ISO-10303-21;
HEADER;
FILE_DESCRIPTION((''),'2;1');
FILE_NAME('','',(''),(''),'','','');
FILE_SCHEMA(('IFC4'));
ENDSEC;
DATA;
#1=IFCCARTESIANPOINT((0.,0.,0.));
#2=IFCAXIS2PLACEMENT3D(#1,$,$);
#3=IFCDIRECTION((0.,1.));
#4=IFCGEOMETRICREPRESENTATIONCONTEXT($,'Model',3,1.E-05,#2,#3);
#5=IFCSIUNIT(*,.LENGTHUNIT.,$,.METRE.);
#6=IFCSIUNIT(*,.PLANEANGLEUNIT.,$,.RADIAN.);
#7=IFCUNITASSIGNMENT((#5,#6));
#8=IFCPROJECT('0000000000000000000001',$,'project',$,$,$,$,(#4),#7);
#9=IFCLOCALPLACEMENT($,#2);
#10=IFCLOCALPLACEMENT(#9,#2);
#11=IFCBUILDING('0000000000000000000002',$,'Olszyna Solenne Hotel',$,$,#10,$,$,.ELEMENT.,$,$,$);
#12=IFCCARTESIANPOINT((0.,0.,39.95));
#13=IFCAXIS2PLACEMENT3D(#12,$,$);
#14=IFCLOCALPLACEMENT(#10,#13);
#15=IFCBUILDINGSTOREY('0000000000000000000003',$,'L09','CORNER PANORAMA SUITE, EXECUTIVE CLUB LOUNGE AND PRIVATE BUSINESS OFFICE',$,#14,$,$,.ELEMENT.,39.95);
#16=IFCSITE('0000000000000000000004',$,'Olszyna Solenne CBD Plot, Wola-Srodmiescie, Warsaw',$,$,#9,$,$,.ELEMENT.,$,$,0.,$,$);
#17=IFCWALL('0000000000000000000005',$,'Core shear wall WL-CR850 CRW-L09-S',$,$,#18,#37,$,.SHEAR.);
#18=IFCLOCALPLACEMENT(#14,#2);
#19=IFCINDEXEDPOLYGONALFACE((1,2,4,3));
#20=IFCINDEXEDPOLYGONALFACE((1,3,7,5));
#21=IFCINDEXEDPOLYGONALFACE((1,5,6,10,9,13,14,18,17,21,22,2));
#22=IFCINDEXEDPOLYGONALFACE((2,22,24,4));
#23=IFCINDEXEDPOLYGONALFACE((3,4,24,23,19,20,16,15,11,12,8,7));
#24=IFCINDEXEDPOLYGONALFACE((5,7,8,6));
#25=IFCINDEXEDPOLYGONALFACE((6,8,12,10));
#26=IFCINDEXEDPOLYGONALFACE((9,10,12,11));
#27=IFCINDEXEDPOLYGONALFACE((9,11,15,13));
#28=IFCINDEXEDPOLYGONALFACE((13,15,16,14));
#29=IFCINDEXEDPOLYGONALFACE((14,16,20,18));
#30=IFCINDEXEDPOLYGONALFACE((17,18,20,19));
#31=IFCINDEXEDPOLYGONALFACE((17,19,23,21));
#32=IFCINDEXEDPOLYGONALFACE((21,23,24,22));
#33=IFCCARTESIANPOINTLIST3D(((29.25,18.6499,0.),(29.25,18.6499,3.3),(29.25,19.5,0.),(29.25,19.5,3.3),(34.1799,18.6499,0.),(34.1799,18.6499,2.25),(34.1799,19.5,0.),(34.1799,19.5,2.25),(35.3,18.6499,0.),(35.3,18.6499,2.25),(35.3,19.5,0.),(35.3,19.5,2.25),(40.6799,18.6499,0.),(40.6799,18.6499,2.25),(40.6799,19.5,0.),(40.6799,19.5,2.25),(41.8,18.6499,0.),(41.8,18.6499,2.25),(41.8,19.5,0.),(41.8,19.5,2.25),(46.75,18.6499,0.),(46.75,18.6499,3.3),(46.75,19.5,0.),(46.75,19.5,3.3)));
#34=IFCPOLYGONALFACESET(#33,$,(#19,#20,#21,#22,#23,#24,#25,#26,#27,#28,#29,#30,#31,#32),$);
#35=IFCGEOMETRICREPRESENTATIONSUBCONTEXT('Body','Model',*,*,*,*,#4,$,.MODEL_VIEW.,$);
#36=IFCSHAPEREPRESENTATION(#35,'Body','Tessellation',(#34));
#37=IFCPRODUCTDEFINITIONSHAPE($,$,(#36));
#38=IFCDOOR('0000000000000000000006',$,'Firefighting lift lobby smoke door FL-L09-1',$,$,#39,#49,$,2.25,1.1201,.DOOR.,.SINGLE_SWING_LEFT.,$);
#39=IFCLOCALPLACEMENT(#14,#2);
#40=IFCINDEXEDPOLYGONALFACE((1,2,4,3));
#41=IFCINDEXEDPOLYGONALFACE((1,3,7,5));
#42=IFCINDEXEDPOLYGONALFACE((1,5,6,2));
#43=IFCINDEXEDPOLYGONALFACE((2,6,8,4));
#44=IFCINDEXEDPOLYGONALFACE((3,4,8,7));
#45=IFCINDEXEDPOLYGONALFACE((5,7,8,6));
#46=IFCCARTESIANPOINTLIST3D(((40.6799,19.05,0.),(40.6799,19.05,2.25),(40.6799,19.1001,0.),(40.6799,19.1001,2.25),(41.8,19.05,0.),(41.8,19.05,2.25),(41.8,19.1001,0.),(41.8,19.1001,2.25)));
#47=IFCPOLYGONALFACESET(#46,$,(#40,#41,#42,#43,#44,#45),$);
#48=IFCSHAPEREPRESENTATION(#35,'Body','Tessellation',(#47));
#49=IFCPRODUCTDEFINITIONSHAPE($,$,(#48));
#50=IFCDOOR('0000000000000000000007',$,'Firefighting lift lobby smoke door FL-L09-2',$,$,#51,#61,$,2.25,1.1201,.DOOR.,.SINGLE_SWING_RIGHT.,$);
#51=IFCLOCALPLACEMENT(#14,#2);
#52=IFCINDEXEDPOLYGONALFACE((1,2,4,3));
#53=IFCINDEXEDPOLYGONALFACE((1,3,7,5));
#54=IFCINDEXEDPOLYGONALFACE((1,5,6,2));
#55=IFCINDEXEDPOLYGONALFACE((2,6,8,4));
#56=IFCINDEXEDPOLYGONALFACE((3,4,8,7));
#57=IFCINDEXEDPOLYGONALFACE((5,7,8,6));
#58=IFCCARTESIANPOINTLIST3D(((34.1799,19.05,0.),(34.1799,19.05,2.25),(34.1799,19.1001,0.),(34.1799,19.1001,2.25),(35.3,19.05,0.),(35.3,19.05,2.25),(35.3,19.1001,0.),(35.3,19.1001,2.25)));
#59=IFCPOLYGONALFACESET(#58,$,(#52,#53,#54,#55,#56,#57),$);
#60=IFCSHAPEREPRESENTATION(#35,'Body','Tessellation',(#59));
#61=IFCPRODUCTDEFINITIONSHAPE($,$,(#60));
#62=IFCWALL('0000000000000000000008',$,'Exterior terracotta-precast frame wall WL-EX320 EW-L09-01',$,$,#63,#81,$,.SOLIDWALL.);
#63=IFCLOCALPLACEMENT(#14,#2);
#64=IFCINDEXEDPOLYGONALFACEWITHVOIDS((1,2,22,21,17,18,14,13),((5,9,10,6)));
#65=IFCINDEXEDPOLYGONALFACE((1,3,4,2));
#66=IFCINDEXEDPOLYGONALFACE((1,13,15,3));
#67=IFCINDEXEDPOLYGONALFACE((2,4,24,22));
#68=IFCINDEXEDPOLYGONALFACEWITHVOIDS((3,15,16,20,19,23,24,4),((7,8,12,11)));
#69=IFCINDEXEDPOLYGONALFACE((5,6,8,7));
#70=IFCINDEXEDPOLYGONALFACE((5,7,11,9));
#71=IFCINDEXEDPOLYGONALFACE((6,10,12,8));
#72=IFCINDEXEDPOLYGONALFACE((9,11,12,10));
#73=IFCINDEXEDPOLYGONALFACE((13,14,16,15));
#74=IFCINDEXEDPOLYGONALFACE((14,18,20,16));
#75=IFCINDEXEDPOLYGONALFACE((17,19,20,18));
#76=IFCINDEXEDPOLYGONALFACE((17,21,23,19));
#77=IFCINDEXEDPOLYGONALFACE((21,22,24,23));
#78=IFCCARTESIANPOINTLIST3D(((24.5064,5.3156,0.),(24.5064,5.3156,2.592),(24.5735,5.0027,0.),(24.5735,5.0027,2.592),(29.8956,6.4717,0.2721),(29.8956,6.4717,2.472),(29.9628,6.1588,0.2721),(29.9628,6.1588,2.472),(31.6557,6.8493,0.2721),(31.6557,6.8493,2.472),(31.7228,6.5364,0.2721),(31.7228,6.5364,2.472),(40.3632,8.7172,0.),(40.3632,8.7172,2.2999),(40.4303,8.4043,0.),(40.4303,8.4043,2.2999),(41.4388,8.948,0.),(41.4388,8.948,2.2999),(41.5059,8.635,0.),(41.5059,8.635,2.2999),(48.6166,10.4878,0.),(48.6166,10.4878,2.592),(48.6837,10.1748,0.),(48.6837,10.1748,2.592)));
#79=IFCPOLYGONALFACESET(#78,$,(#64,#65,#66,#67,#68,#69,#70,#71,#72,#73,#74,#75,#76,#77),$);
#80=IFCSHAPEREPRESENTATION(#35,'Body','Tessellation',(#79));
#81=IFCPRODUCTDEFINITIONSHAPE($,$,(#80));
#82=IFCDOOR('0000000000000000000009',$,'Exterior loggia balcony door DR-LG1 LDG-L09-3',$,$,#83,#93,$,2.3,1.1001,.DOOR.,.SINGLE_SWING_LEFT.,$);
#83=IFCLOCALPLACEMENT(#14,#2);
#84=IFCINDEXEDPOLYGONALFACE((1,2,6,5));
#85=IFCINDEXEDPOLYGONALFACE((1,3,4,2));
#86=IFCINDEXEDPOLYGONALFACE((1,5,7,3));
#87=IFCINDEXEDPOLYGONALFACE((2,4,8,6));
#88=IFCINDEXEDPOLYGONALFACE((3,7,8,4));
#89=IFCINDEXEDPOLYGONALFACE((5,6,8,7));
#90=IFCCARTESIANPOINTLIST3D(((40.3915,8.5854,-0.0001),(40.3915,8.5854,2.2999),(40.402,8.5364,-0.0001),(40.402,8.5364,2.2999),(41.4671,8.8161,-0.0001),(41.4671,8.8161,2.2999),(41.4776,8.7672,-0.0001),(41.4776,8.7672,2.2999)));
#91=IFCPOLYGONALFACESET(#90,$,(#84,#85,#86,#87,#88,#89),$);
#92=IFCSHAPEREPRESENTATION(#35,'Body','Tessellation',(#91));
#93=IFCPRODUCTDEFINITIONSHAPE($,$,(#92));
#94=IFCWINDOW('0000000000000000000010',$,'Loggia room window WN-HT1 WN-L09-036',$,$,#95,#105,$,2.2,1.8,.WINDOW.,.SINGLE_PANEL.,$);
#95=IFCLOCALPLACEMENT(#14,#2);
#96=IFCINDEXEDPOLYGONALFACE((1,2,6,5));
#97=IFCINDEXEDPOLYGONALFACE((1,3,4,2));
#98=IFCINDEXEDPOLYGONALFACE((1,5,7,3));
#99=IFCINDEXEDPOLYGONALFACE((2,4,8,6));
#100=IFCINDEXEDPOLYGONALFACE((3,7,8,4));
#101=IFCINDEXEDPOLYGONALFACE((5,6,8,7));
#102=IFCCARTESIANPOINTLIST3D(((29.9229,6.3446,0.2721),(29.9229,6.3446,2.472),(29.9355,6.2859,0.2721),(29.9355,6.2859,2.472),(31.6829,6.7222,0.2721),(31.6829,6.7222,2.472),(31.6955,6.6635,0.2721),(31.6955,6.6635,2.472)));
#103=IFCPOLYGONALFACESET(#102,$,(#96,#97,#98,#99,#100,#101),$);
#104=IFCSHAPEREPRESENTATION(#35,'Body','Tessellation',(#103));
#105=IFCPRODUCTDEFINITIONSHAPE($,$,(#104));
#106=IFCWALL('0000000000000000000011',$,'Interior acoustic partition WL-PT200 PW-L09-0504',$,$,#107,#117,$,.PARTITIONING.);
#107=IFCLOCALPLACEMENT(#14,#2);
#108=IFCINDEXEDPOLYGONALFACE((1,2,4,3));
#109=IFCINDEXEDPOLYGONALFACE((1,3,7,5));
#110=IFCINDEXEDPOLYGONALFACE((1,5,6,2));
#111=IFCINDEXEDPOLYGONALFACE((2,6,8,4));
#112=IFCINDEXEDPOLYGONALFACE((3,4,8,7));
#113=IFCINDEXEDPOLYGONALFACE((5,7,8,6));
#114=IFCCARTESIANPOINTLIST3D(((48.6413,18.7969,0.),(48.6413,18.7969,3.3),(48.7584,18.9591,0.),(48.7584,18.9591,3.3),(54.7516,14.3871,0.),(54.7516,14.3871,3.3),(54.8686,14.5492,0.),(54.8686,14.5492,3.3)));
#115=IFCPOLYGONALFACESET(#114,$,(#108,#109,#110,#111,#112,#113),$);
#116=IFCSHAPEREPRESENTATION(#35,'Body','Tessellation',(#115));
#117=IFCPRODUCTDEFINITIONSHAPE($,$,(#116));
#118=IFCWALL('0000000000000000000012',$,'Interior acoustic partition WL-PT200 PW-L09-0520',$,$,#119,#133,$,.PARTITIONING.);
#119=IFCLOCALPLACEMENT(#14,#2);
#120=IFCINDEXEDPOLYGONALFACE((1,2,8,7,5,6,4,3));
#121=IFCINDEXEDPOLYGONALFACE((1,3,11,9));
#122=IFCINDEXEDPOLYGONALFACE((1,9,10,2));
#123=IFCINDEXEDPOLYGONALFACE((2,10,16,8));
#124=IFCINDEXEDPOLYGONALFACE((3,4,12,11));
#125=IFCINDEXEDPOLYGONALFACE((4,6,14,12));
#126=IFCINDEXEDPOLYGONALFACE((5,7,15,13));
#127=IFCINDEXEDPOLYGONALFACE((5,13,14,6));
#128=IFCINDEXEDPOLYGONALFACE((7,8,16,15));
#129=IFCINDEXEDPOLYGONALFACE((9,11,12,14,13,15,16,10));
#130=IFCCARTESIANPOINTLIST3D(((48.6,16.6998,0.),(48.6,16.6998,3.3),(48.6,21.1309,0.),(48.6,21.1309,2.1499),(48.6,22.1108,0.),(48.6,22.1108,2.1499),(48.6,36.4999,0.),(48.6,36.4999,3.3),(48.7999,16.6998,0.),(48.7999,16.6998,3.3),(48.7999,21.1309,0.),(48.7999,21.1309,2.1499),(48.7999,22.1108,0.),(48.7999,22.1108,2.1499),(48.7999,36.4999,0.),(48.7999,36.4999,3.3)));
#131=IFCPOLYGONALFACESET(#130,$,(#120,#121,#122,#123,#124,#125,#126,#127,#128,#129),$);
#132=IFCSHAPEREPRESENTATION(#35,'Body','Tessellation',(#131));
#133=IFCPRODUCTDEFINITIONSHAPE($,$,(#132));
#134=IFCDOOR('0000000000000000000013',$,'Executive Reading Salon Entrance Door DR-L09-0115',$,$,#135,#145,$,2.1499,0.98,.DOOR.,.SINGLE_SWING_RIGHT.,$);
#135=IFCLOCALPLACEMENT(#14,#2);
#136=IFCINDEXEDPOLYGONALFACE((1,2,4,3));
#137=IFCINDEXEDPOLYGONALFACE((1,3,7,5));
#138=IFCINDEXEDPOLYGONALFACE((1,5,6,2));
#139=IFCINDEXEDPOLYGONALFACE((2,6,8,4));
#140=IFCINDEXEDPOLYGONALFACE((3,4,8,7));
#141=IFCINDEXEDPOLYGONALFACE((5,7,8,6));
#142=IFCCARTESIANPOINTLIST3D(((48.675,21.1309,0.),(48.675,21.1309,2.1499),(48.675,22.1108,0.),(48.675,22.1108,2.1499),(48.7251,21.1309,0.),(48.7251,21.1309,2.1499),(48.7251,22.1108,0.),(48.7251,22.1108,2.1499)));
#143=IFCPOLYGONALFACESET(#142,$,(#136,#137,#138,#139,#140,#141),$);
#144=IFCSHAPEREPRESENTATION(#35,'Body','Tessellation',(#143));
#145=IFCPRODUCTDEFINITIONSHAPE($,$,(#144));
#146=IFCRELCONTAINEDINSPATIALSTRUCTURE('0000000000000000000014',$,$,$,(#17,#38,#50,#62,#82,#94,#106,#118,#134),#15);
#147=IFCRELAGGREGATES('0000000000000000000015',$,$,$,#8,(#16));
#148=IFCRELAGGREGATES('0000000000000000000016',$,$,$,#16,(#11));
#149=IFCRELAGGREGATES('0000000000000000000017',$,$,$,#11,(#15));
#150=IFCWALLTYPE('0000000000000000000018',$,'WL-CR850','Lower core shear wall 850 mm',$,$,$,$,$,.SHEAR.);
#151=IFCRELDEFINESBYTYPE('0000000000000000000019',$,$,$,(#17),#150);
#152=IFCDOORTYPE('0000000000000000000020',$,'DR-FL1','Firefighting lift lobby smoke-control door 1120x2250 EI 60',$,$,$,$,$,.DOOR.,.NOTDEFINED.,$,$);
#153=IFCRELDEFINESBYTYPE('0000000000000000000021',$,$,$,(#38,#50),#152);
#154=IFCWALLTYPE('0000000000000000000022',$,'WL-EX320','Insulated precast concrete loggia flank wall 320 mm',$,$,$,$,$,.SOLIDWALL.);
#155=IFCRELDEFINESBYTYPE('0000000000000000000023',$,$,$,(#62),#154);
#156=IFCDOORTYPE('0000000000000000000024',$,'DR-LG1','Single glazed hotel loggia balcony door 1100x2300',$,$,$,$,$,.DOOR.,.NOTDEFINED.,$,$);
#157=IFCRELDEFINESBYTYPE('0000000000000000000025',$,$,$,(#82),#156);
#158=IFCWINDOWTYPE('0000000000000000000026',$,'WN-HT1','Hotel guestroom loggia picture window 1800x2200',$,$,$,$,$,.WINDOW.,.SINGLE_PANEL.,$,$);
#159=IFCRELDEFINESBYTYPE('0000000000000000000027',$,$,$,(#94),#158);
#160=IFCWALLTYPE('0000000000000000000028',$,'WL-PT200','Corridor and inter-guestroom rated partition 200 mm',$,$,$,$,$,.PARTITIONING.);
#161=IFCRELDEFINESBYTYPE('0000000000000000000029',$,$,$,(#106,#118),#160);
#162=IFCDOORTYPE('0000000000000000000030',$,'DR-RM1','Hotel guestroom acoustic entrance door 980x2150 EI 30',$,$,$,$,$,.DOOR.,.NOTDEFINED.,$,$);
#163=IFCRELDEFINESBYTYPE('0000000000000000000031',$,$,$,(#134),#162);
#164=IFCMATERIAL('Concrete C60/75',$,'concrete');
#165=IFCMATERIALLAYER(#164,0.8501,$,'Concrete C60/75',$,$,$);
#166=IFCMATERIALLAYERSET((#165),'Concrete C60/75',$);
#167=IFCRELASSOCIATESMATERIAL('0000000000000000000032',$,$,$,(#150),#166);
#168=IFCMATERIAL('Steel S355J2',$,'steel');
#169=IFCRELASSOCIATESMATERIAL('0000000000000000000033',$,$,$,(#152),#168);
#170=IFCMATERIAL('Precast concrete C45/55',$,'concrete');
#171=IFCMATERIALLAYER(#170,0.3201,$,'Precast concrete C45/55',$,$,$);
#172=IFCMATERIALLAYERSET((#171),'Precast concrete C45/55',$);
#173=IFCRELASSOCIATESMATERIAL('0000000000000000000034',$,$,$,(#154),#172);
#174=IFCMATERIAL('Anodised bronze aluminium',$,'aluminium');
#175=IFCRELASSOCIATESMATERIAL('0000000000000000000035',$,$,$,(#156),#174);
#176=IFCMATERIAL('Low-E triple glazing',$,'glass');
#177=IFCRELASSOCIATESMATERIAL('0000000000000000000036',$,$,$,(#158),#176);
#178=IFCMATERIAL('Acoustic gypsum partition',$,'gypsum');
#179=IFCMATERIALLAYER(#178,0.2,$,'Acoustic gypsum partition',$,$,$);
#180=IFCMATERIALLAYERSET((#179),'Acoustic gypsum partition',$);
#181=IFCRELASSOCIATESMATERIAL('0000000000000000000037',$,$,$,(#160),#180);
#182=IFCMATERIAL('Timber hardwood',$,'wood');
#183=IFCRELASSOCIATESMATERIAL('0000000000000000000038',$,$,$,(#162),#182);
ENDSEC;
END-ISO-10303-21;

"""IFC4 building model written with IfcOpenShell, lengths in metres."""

from ifc_helpers import new_model, si_unit, direction, frame, frame_2d, origin, place, context, subcontext, project, spatial, rectangle, extrude, source, transform, mapped, material, layer, layer_set, type_object, type_shapes, element, fill, save


model = new_model("IFC4")

# Units and contexts
model_context = context("Model", 3, precision=1e-05, world=origin(), true_north=direction((0.0, 1.0)))
body_context = subcontext(model_context, "Body", "Model", "MODEL_VIEW")
ifc_project = project(units=[si_unit("LENGTHUNIT", "METRE"), si_unit("PLANEANGLEUNIT", "RADIAN")], contexts=[model_context])

# Site, building, storey
site_placement = place(None, origin())
site = spatial("IfcSite", under=ifc_project, at=site_placement, Name="Olszyna Solenne CBD Plot, Wola-Srodmiescie, Warsaw", CompositionType="ELEMENT", RefElevation=0.0)
building_placement = place(site_placement, origin())
building = spatial("IfcBuilding", under=site, at=building_placement, Name="Olszyna Solenne Hotel", CompositionType="ELEMENT")
storey_placement = place(building_placement, frame((0.0, 0.0, 39.95)))
storey = spatial("IfcBuildingStorey", under=building, at=storey_placement, Name="L09", Description="CORNER PANORAMA SUITE, EXECUTIVE CLUB LOUNGE AND PRIVATE BUSINESS OFFICE", CompositionType="ELEMENT", Elevation=39.95)

# Shared definitions
ifc_material_1 = material(Name="Steel S355J2", Category="steel")

# Wall, openings, doors
ifc_material_2 = material(Name="Concrete C60/75", Category="concrete")
ifc_layer_1 = layer(ifc_material_2, 0.8501, Name="Concrete C60/75")
ifc_layer_set_1 = layer_set([ifc_layer_1], Name="Concrete C60/75")
wall_type_1 = type_object("IfcWallType", Name="WL-CR850", Description="Lower core shear wall 850 mm", PredefinedType="SHEAR", material=ifc_layer_set_1)
wall_1_placement = place(storey_placement, frame((46.75, 19.075, 0.0), z_axis=(0.0, 0.0, 1.0), x_axis=(-1.0, 0.0, 0.0)))
wall_1 = element("IfcWall", 1, at=wall_1_placement, inside=storey, type_object=wall_type_1, Name="Core shear wall WL-CR850 CRW-L09-S", PredefinedType="SHEAR", context=body_context, shape_type="SweptSolid", body=[
    extrude(rectangle(XDim=17.5, YDim=0.8501, at=frame_2d((8.75, 0.0))), origin(), (0.0, 0.0, 1.0), 3.3),
])
opening_1_placement = place(wall_1_placement, frame((4.95, 0.0, 0.0)))
opening_1 = element("IfcOpeningElement", 2, at=opening_1_placement, cuts=wall_1, PredefinedType="OPENING", context=body_context, shape_type="SweptSolid", body=[
    extrude(rectangle(XDim=1.1201, YDim=2.25, at=frame_2d((0.5601, 1.125))), frame((0.0, 0.4351, 0.0), z_axis=(0.0, -1.0, 0.0), x_axis=(1.0, 0.0, 0.0)), (0.0, 0.0, 1.0), 0.8701),
])
opening_2_placement = place(wall_1_placement, frame((11.45, 0.0, 0.0)))
opening_2 = element("IfcOpeningElement", 3, at=opening_2_placement, cuts=wall_1, PredefinedType="OPENING", context=body_context, shape_type="SweptSolid", body=[
    extrude(rectangle(XDim=1.1201, YDim=2.25, at=frame_2d((0.5601, 1.125))), frame((0.0, 0.4351, 0.0), z_axis=(0.0, -1.0, 0.0), x_axis=(1.0, 0.0, 0.0)), (0.0, 0.0, 1.0), 0.8701),
])
door_type_1 = type_object("IfcDoorType", Name="DR-FL1", Description="Firefighting lift lobby smoke-control door 1120x2250 EI 60", OperationType="NOTDEFINED", PredefinedType="DOOR", material=ifc_material_1)
shared_shape_1 = source(origin(), body_context, "Body", "SweptSolid", [
    extrude(rectangle(XDim=1.1201, YDim=2.25, at=frame_2d((0.5601, 1.125))), frame((0.0, 0.0249, 0.0), z_axis=(0.0, -1.0, 0.0), x_axis=(1.0, 0.0, 0.0)), (0.0, 0.0, 1.0), 0.05),
])
type_shapes(door_type_1, [shared_shape_1])
door_1_placement = place(opening_1_placement, origin())
door_1 = element("IfcDoor", 4, at=door_1_placement, inside=storey, type_object=door_type_1, Name="Firefighting lift lobby smoke door FL-L09-1", OperationType="SINGLE_SWING_LEFT", OverallHeight=2.25, OverallWidth=1.1201, PredefinedType="DOOR", context=body_context, shape_type="MappedRepresentation", body=[
    mapped(shared_shape_1, transform((0.0, 0.0, 0.0), x_axis=(1.0, 0.0, 0.0), y_axis=(0.0, 1.0, 0.0), z_axis=(0.0, 0.0, 1.0), scale=1.0)),
])
fill(opening_1, door_1)
door_2_placement = place(opening_2_placement, origin())
door_2 = element("IfcDoor", 5, at=door_2_placement, inside=storey, type_object=door_type_1, Name="Firefighting lift lobby smoke door FL-L09-2", OperationType="SINGLE_SWING_RIGHT", OverallHeight=2.25, OverallWidth=1.1201, PredefinedType="DOOR", context=body_context, shape_type="MappedRepresentation", body=[
    mapped(shared_shape_1, transform((0.0, 0.0, 0.0), x_axis=(1.0, 0.0, 0.0), y_axis=(0.0, 1.0, 0.0), z_axis=(0.0, 0.0, 1.0), scale=1.0)),
])
fill(opening_2, door_2)

# Wall, openings, door, window
ifc_material_3 = material(Name="Precast concrete C45/55", Category="concrete")
ifc_layer_2 = layer(ifc_material_3, 0.3201, Name="Precast concrete C45/55")
ifc_layer_set_2 = layer_set([ifc_layer_2], Name="Precast concrete C45/55")
wall_type_2 = type_object("IfcWallType", Name="WL-EX320", Description="Insulated precast concrete loggia flank wall 320 mm", PredefinedType="SOLIDWALL", material=ifc_layer_set_2)
wall_2_placement = place(storey_placement, frame((48.6501, 10.3313, 0.0), z_axis=(0.0, 0.0, 1.0), x_axis=(-0.977755, -0.209749, 0.0)))
wall_2 = element("IfcWall", 6, at=wall_2_placement, inside=storey, type_object=wall_type_2, Name="Exterior terracotta-precast frame wall WL-EX320 EW-L09-01", PredefinedType="SOLIDWALL", context=body_context, shape_type="SweptSolid", body=[
    extrude(rectangle(XDim=24.6587, YDim=0.3201, at=frame_2d((12.3293, 0.0))), origin(), (0.0, 0.0, 1.0), 2.592),
])
opening_3_placement = place(wall_2_placement, frame((7.3411, 0.0, 0.0)))
opening_3 = element("IfcOpeningElement", 7, at=opening_3_placement, cuts=wall_2, PredefinedType="OPENING", context=body_context, shape_type="SweptSolid", body=[
    extrude(rectangle(XDim=1.1001, YDim=2.3, at=frame_2d((0.55, 1.1499))), frame((0.0, 0.1699, 0.0), z_axis=(0.0, -1.0, 0.0), x_axis=(1.0, 0.0, 0.0)), (0.0, 0.0, 1.0), 0.3401),
])
opening_4_placement = place(wall_2_placement, frame((17.3469, 0.0, 0.272)))
opening_4 = element("IfcOpeningElement", 8, at=opening_4_placement, cuts=wall_2, PredefinedType="OPENING", context=body_context, shape_type="SweptSolid", body=[
    extrude(rectangle(XDim=1.8, YDim=2.2, at=frame_2d((0.8999, 1.1001))), frame((0.0, 0.1699, 0.0), z_axis=(0.0, -1.0, 0.0), x_axis=(1.0, 0.0, 0.0)), (0.0, 0.0, 1.0), 0.3401),
])
ifc_material_4 = material(Name="Anodised bronze aluminium", Category="aluminium")
door_type_2 = type_object("IfcDoorType", Name="DR-LG1", Description="Single glazed hotel loggia balcony door 1100x2300", OperationType="NOTDEFINED", PredefinedType="DOOR", material=ifc_material_4)
shared_shape_2 = source(origin(), body_context, "Body", "SweptSolid", [
    extrude(rectangle(XDim=1.1001, YDim=2.3, at=frame_2d((0.55, 1.1499))), frame((0.0, 0.0249, 0.0), z_axis=(0.0, -1.0, 0.0), x_axis=(1.0, 0.0, 0.0)), (0.0, 0.0, 1.0), 0.05),
])
type_shapes(door_type_2, [shared_shape_2])
door_3_placement = place(opening_3_placement, origin())
door_3 = element("IfcDoor", 9, at=door_3_placement, inside=storey, type_object=door_type_2, Name="Exterior loggia balcony door DR-LG1 LDG-L09-3", OperationType="SINGLE_SWING_LEFT", OverallHeight=2.3, OverallWidth=1.1001, PredefinedType="DOOR", context=body_context, shape_type="MappedRepresentation", body=[
    mapped(shared_shape_2, transform((0.0, 0.0, 0.0), x_axis=(1.0, 0.0, 0.0), y_axis=(0.0, 1.0, 0.0), z_axis=(0.0, 0.0, 1.0), scale=1.0)),
])
fill(opening_3, door_3)
ifc_material_5 = material(Name="Low-E triple glazing", Category="glass")
window_type = type_object("IfcWindowType", Name="WN-HT1", Description="Hotel guestroom loggia picture window 1800x2200", PartitioningType="SINGLE_PANEL", PredefinedType="WINDOW", material=ifc_material_5)
shared_shape_3 = source(origin(), body_context, "Body", "SweptSolid", [
    extrude(rectangle(XDim=1.8, YDim=2.2, at=frame_2d((0.8999, 1.1001))), frame((0.0, 0.03, 0.0), z_axis=(0.0, -1.0, 0.0), x_axis=(1.0, 0.0, 0.0)), (0.0, 0.0, 1.0), 0.0601),
])
type_shapes(window_type, [shared_shape_3])
window_placement = place(opening_4_placement, origin())
window = element("IfcWindow", 10, at=window_placement, inside=storey, type_object=window_type, Name="Loggia room window WN-HT1 WN-L09-036", OverallHeight=2.2, OverallWidth=1.8, PartitioningType="SINGLE_PANEL", PredefinedType="WINDOW", context=body_context, shape_type="MappedRepresentation", body=[
    mapped(shared_shape_3, transform((0.0, 0.0, 0.0), x_axis=(1.0, 0.0, 0.0), y_axis=(0.0, 1.0, 0.0), z_axis=(0.0, 0.0, 1.0), scale=1.0)),
])
fill(opening_4, window)

# Wall
ifc_material_6 = material(Name="Acoustic gypsum partition", Category="gypsum")
ifc_layer_3 = layer(ifc_material_6, 0.2, Name="Acoustic gypsum partition")
ifc_layer_set_3 = layer_set([ifc_layer_3], Name="Acoustic gypsum partition")
wall_type_3 = type_object("IfcWallType", Name="WL-PT200", Description="Corridor and inter-guestroom rated partition 200 mm", PredefinedType="PARTITIONING", material=ifc_layer_set_3)
wall_3_placement = place(storey_placement, frame((48.7, 18.8779, 0.0), z_axis=(0.0, 0.0, 1.0), x_axis=(0.810876, -0.585218, 0.0)))
element("IfcWall", 11, at=wall_3_placement, inside=storey, type_object=wall_type_3, Name="Interior acoustic partition WL-PT200 PW-L09-0504", PredefinedType="PARTITIONING", context=body_context, shape_type="SweptSolid", body=[
    extrude(rectangle(XDim=7.5354, YDim=0.2, at=frame_2d((3.7676, 0.0))), origin(), (0.0, 0.0, 1.0), 3.3),
])

# Wall, opening, door
wall_4_placement = place(storey_placement, frame((48.7, 16.7, 0.0), z_axis=(0.0, 0.0, 1.0), x_axis=(0.0, 1.0, 0.0)))
wall_4 = element("IfcWall", 12, at=wall_4_placement, inside=storey, type_object=wall_type_3, Name="Interior acoustic partition WL-PT200 PW-L09-0520", PredefinedType="PARTITIONING", context=body_context, shape_type="SweptSolid", body=[
    extrude(rectangle(XDim=19.8, YDim=0.2, at=frame_2d((9.8999, 0.0))), origin(), (0.0, 0.0, 1.0), 3.3),
])
opening_5_placement = place(wall_4_placement, frame((4.4309, 0.0, 0.0)))
opening_5 = element("IfcOpeningElement", 13, at=opening_5_placement, cuts=wall_4, PredefinedType="OPENING", context=body_context, shape_type="SweptSolid", body=[
    extrude(rectangle(XDim=0.98, YDim=2.1499, at=frame_2d((0.49, 1.075))), frame((0.0, 0.1099, 0.0), z_axis=(0.0, -1.0, 0.0), x_axis=(1.0, 0.0, 0.0)), (0.0, 0.0, 1.0), 0.22),
])
ifc_material_7 = material(Name="Timber hardwood", Category="wood")
door_type_3 = type_object("IfcDoorType", Name="DR-RM1", Description="Hotel guestroom acoustic entrance door 980x2150 EI 30", OperationType="NOTDEFINED", PredefinedType="DOOR", material=ifc_material_7)
shared_shape_4 = source(origin(), body_context, "Body", "SweptSolid", [
    extrude(rectangle(XDim=0.98, YDim=2.1499, at=frame_2d((0.49, 1.075))), frame((0.0, 0.0249, 0.0), z_axis=(0.0, -1.0, 0.0), x_axis=(1.0, 0.0, 0.0)), (0.0, 0.0, 1.0), 0.05),
])
type_shapes(door_type_3, [shared_shape_4])
door_4_placement = place(opening_5_placement, origin())
door_4 = element("IfcDoor", 14, at=door_4_placement, inside=storey, type_object=door_type_3, Name="Executive Reading Salon Entrance Door DR-L09-0115", OperationType="SINGLE_SWING_RIGHT", OverallHeight=2.1499, OverallWidth=0.98, PredefinedType="DOOR", context=body_context, shape_type="MappedRepresentation", body=[
    mapped(shared_shape_4, transform((0.0, 0.0, 0.0), x_axis=(1.0, 0.0, 0.0), y_axis=(0.0, 1.0, 0.0), z_axis=(0.0, 0.0, 1.0), scale=1.0)),
])
fill(opening_5, door_4)

save(model, "model.ifc")
